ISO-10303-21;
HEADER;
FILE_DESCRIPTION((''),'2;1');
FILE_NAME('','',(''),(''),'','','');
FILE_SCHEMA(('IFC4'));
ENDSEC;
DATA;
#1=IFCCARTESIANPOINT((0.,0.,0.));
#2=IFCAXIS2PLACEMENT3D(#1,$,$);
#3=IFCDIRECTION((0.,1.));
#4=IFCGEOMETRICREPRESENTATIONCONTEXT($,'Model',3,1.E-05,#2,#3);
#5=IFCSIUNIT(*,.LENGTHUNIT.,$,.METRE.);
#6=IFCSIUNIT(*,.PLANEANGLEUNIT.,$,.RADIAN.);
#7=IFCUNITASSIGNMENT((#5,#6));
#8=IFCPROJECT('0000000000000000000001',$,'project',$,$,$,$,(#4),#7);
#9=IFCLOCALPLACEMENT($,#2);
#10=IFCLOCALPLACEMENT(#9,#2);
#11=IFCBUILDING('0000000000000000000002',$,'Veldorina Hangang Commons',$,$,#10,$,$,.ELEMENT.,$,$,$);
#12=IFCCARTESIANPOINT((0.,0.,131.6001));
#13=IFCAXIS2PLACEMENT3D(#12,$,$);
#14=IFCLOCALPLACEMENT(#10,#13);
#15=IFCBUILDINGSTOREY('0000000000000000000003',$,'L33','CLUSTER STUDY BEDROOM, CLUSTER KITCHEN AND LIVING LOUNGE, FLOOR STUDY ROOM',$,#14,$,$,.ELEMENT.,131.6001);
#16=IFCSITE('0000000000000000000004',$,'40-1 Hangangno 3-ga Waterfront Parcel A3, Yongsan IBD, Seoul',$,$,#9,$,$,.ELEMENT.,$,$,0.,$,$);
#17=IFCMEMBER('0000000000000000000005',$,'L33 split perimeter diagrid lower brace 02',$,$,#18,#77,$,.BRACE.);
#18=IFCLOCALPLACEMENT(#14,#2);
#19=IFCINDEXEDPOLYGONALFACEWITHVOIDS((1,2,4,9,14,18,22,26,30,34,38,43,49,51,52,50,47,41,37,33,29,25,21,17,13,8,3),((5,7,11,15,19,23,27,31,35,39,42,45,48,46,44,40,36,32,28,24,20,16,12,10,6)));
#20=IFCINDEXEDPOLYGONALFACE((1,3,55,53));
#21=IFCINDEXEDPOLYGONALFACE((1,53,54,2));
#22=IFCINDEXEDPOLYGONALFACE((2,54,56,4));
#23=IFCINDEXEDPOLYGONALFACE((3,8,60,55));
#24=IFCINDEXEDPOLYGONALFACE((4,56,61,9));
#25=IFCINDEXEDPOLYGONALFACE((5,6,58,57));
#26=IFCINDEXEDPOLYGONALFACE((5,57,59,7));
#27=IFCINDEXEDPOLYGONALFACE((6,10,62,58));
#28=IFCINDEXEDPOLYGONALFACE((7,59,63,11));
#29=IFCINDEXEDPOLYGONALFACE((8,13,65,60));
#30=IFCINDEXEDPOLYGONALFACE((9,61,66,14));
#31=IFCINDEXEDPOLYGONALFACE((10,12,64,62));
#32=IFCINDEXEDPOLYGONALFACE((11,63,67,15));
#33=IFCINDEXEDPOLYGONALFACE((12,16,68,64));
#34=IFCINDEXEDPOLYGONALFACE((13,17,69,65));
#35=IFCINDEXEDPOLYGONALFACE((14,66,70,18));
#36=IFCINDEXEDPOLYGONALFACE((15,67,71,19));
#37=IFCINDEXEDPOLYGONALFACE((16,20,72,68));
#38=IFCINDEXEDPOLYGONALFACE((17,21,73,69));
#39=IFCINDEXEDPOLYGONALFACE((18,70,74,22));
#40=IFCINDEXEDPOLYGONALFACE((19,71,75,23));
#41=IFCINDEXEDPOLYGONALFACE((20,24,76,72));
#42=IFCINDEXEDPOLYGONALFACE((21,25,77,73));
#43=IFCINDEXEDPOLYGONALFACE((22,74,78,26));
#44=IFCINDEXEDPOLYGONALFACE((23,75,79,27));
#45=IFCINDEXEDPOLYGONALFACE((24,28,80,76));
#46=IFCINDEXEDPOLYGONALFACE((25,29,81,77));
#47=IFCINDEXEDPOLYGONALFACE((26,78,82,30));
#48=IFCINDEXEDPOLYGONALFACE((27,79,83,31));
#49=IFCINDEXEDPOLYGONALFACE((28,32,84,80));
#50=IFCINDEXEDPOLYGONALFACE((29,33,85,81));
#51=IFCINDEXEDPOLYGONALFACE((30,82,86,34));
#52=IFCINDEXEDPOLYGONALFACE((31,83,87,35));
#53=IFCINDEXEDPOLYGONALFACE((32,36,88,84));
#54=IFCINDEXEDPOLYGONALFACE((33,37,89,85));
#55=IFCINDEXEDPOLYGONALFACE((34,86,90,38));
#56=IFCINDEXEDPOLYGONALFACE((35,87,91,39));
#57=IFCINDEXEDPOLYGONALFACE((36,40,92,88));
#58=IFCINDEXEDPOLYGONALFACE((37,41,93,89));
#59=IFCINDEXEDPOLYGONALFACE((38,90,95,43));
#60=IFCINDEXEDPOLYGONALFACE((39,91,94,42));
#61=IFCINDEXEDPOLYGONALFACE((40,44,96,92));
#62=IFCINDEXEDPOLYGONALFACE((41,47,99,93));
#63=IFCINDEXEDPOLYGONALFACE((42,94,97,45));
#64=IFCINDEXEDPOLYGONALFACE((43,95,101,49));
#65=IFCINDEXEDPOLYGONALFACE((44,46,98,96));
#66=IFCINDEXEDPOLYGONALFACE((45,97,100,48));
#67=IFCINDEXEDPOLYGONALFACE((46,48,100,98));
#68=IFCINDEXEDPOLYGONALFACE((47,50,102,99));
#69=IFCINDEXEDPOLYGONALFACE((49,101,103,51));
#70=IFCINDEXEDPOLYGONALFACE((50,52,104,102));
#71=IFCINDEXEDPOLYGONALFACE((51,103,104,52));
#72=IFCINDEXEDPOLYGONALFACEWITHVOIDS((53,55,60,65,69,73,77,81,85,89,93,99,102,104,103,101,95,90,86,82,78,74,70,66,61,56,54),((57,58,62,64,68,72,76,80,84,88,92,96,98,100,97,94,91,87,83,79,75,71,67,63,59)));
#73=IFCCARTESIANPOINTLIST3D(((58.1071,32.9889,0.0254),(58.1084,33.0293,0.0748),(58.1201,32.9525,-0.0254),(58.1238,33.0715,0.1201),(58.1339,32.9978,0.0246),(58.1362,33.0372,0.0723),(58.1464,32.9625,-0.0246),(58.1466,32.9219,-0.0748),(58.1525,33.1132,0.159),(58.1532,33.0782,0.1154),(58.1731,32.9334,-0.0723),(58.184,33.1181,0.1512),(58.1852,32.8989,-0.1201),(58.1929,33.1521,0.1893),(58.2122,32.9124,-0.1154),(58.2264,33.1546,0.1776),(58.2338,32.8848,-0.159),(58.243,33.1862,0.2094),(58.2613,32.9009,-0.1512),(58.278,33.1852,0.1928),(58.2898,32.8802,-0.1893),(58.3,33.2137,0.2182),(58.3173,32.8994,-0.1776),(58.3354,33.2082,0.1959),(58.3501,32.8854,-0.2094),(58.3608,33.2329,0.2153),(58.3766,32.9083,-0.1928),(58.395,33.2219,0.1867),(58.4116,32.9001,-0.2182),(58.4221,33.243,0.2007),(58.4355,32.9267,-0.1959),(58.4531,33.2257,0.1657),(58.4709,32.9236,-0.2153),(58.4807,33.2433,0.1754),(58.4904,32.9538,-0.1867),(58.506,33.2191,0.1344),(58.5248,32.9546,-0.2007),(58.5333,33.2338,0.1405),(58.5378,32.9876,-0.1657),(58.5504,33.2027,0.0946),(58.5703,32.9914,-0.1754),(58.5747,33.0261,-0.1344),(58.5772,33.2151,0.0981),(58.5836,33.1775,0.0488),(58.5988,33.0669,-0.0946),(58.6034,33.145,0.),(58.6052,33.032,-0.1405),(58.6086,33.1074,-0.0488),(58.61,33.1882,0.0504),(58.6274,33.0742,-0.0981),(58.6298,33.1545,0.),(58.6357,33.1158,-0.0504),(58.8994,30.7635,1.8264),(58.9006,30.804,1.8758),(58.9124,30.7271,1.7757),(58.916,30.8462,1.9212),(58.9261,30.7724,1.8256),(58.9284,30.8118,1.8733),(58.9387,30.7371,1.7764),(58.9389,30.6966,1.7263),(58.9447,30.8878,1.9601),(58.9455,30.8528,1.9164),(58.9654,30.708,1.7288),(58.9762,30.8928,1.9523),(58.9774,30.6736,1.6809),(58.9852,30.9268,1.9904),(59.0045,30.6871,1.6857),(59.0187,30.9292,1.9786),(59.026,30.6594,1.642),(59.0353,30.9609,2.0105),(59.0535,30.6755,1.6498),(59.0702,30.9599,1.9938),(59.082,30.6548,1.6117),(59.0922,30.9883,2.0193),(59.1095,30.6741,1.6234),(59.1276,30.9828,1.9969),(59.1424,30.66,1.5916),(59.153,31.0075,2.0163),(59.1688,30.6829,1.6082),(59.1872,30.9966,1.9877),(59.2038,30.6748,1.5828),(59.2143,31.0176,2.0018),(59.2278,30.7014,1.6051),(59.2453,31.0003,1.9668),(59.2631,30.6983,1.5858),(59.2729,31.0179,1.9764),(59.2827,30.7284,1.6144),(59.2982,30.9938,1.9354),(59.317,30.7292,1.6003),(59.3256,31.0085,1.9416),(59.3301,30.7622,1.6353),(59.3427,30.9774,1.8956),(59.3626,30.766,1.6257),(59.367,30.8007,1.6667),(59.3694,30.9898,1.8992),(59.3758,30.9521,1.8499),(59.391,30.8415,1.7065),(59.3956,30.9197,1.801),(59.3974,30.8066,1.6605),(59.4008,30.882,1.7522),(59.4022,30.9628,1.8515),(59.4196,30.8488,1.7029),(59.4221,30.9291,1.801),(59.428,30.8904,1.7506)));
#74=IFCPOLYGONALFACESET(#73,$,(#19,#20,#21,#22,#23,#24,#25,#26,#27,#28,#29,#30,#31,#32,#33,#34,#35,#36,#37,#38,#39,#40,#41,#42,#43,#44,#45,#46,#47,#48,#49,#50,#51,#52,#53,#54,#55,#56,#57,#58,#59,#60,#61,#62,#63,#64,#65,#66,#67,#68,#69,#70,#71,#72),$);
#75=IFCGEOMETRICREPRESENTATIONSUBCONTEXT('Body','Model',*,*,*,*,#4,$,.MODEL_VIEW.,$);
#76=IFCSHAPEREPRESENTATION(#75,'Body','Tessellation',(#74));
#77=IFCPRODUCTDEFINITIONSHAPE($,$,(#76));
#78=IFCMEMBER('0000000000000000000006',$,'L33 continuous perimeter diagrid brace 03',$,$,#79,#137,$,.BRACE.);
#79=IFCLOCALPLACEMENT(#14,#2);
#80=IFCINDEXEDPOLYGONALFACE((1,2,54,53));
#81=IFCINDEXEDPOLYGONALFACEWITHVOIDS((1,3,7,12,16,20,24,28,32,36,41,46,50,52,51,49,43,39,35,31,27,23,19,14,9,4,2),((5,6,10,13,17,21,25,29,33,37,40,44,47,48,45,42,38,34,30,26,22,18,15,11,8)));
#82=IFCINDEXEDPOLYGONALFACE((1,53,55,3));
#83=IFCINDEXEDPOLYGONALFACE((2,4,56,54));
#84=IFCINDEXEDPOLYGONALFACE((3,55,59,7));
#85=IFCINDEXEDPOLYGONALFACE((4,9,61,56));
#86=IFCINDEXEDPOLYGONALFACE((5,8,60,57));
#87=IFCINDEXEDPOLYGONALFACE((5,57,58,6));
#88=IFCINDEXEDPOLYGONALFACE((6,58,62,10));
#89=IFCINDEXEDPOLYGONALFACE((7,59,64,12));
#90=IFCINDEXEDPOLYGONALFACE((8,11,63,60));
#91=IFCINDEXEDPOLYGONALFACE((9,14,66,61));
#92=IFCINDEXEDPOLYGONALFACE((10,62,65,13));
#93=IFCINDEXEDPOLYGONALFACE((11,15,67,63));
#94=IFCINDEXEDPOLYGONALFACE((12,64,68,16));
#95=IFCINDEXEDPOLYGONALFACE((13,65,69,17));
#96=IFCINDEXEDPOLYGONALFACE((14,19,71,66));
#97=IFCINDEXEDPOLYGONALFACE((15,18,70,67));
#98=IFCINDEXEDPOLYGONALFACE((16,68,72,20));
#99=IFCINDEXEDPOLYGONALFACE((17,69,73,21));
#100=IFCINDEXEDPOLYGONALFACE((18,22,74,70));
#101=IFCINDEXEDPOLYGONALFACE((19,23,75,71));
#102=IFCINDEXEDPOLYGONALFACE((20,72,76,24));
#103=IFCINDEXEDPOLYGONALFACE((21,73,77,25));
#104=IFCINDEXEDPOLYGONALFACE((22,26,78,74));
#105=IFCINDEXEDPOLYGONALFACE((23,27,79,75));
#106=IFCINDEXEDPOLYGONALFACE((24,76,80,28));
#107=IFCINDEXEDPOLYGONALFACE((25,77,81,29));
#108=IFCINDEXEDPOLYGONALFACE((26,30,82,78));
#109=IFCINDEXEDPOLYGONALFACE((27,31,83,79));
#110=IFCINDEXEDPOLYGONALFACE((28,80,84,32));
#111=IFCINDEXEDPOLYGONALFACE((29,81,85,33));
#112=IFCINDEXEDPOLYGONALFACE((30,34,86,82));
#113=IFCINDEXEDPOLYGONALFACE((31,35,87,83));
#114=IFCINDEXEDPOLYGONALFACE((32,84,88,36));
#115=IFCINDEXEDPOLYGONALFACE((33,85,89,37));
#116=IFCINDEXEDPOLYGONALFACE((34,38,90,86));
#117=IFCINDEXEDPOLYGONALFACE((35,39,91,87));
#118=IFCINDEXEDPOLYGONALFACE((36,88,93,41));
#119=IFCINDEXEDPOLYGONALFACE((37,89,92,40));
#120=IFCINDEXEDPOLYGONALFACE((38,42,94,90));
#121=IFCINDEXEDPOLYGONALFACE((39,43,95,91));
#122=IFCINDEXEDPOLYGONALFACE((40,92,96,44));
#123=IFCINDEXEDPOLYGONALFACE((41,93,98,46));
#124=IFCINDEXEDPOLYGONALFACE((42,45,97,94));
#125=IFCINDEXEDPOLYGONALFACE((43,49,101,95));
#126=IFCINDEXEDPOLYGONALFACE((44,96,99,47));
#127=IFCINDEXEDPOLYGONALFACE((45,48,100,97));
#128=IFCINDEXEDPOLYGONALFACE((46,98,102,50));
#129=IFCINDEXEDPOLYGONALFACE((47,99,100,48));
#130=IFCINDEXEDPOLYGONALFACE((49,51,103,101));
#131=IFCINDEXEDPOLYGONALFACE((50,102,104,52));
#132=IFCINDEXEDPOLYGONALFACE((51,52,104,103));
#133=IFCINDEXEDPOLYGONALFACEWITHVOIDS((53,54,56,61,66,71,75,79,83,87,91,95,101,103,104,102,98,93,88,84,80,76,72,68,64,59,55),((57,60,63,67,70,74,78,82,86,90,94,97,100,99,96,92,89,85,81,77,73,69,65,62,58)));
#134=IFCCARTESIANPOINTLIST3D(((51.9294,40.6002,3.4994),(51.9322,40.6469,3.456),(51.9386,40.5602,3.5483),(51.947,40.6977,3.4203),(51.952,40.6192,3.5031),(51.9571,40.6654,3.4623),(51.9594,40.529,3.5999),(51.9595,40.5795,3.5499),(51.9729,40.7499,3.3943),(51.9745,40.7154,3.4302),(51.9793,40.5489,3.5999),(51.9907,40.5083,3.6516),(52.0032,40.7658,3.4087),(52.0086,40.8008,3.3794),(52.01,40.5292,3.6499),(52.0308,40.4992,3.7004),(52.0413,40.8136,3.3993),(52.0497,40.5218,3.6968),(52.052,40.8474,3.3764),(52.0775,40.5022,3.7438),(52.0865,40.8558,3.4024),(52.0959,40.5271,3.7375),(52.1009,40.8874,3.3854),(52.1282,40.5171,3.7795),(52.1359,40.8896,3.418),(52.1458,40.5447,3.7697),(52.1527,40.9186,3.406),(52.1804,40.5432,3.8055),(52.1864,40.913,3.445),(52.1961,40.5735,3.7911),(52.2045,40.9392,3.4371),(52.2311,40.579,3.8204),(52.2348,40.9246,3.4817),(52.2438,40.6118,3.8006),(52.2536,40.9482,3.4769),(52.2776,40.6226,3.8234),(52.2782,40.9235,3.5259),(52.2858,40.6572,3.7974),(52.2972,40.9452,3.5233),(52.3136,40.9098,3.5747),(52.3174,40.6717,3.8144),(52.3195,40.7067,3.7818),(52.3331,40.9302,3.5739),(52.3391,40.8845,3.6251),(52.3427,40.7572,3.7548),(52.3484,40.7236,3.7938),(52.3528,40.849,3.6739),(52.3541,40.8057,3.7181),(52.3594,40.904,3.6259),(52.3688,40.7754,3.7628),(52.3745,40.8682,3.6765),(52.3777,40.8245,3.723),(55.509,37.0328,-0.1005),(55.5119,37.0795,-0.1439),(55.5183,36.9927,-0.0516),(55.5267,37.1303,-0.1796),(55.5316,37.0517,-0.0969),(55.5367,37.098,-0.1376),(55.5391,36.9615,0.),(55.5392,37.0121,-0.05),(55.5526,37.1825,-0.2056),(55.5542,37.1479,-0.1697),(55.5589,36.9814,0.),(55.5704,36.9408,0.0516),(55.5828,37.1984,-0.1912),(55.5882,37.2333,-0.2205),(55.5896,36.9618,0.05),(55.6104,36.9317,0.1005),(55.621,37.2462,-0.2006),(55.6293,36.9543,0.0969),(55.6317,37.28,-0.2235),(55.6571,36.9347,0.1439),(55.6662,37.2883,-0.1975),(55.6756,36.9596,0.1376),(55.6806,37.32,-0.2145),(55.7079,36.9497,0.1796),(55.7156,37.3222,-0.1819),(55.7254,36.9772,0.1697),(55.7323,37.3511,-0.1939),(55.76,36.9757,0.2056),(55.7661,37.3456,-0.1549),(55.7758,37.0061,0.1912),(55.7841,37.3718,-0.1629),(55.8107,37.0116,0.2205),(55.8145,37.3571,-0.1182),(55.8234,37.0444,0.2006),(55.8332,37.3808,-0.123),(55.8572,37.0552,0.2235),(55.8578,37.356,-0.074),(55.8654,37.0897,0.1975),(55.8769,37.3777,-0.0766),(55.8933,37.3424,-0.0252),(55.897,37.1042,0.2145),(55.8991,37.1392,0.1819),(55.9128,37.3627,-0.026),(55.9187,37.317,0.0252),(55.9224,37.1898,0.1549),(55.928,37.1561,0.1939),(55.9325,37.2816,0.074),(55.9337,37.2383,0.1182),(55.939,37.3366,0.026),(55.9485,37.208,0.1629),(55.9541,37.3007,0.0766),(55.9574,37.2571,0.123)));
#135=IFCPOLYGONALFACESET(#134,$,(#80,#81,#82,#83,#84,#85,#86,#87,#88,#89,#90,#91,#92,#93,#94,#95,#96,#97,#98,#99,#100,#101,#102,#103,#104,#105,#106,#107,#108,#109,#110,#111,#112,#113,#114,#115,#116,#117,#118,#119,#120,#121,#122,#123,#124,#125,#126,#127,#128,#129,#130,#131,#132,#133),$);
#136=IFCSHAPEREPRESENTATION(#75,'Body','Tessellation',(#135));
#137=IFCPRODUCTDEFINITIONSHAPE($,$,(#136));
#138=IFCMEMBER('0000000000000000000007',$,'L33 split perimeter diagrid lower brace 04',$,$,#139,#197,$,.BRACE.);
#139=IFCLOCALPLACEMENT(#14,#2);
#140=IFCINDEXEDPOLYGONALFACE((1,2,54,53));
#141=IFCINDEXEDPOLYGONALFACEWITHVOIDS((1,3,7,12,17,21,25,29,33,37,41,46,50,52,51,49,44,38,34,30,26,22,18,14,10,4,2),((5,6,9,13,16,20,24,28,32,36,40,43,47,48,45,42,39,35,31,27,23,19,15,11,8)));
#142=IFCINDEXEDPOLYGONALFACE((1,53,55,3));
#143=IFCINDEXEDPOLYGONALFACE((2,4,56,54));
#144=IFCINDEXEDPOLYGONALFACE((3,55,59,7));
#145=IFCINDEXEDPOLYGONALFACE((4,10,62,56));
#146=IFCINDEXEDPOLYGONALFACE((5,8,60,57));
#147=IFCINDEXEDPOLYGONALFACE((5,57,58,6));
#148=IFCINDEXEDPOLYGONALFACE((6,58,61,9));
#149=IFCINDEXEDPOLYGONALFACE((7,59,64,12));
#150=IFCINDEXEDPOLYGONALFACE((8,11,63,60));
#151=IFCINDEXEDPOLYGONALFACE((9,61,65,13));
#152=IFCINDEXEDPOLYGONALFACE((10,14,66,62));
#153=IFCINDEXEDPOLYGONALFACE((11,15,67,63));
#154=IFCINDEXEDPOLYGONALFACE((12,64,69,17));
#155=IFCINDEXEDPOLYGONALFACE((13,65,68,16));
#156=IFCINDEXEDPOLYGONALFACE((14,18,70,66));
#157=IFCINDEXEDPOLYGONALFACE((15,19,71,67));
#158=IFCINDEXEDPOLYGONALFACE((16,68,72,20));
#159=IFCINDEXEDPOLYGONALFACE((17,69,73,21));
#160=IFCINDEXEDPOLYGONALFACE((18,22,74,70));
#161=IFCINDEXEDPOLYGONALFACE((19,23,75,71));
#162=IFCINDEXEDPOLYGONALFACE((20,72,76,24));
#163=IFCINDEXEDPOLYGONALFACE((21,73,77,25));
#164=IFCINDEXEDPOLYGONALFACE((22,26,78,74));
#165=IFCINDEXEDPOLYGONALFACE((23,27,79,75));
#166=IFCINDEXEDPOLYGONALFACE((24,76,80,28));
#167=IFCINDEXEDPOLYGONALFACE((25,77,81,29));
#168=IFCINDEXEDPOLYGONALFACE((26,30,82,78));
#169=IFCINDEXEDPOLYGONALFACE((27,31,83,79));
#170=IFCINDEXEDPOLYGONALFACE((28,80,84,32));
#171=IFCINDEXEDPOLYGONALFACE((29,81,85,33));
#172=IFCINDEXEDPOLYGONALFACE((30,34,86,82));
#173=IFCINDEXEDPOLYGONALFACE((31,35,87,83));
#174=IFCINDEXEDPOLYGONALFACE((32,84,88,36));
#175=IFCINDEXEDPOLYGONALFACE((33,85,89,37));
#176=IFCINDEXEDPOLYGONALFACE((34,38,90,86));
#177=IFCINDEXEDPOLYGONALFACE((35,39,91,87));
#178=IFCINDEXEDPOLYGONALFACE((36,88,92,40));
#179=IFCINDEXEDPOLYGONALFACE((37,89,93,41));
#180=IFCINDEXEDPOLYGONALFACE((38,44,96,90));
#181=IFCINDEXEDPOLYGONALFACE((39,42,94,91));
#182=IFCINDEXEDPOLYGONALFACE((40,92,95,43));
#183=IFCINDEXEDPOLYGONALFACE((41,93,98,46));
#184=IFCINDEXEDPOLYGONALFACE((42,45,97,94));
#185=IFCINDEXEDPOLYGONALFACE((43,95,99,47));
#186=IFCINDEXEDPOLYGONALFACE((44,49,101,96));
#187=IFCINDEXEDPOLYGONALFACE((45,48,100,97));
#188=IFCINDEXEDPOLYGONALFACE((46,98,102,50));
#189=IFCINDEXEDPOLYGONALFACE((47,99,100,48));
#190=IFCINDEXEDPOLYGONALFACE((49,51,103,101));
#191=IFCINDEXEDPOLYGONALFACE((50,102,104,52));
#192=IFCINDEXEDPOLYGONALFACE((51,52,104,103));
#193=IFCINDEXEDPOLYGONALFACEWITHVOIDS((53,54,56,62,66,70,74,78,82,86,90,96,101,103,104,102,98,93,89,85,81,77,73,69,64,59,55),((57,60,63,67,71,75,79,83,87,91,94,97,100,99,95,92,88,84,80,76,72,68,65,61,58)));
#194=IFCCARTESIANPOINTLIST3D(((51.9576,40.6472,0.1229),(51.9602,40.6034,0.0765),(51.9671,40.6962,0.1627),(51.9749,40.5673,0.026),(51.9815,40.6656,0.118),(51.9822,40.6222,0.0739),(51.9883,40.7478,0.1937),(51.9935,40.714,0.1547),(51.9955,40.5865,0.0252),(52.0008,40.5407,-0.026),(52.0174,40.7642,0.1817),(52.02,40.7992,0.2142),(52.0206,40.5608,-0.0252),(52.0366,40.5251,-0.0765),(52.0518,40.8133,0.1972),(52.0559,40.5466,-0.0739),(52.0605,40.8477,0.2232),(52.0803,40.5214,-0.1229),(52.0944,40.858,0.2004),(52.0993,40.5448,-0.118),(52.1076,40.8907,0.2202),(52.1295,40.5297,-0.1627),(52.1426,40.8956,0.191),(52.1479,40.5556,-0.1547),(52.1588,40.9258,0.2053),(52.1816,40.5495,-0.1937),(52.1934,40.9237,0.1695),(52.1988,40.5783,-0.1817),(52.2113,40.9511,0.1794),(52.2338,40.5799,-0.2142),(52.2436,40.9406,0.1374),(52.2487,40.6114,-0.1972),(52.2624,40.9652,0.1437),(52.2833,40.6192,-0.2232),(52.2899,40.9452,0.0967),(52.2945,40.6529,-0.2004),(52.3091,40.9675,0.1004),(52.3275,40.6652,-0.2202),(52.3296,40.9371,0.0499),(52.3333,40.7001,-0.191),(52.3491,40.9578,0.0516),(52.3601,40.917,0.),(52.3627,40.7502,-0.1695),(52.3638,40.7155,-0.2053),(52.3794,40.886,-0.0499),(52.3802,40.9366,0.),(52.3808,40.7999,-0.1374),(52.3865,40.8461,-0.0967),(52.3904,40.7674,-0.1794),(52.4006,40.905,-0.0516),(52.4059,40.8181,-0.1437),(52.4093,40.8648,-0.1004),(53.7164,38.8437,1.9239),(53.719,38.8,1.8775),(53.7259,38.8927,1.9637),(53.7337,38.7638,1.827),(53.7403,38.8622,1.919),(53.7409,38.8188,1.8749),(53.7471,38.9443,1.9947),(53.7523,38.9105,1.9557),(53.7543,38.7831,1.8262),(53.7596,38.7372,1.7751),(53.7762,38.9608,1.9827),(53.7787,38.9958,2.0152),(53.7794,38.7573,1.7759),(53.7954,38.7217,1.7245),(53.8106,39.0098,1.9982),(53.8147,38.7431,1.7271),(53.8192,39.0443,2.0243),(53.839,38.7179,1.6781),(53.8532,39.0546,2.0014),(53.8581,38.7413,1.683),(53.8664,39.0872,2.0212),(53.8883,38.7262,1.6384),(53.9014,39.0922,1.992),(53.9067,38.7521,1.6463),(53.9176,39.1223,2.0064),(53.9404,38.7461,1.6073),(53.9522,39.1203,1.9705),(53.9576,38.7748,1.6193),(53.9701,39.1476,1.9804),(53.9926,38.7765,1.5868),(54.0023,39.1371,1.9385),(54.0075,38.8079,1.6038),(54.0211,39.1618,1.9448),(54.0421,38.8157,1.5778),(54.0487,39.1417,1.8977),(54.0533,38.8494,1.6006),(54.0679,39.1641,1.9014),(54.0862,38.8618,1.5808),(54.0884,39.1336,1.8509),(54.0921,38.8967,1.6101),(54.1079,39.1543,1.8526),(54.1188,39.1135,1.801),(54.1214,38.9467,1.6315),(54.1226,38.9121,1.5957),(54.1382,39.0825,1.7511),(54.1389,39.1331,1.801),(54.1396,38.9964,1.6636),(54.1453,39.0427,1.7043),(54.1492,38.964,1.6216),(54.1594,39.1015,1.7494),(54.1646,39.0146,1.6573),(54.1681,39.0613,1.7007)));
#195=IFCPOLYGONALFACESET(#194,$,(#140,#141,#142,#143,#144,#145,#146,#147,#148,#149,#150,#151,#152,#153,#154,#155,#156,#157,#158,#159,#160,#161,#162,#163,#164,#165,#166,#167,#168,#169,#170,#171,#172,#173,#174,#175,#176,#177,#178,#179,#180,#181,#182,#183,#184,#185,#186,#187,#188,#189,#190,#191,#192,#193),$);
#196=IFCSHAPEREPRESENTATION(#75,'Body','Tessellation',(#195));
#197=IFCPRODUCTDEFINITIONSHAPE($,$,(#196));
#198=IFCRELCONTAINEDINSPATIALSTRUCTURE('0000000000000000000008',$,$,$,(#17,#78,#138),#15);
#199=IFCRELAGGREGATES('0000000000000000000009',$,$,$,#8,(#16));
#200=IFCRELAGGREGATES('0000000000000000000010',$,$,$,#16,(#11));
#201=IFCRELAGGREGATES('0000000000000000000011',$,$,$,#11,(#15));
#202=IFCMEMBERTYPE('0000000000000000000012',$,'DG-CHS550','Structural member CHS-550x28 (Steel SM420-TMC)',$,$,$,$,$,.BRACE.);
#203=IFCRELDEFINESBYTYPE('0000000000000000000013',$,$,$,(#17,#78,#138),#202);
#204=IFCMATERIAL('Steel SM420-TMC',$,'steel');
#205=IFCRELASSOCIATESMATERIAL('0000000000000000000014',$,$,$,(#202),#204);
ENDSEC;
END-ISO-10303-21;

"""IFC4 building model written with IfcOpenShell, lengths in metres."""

from ifc_helpers import new_model, si_unit, direction, frame, origin, origin_2d, place, context, subcontext, project, spatial, hollow_circle, extrude, material, material_profile, profile_set, type_object, element, save


model = new_model("IFC4")

# Units and contexts
model_context = context("Model", 3, precision=1e-05, world=origin(), true_north=direction((0.0, 1.0)))
body_context = subcontext(model_context, "Body", "Model", "MODEL_VIEW")
ifc_project = project(units=[si_unit("LENGTHUNIT", "METRE"), si_unit("PLANEANGLEUNIT", "RADIAN")], contexts=[model_context])

# Site, building, storey
site_placement = place(None, origin())
site = spatial("IfcSite", under=ifc_project, at=site_placement, Name="40-1 Hangangno 3-ga Waterfront Parcel A3, Yongsan IBD, Seoul", CompositionType="ELEMENT", RefElevation=0.0)
building_placement = place(site_placement, origin())
building = spatial("IfcBuilding", under=site, at=building_placement, Name="Veldorina Hangang Commons", CompositionType="ELEMENT")
storey_placement = place(building_placement, frame((0.0, 0.0, 131.6001)))
storey = spatial("IfcBuildingStorey", under=building, at=storey_placement, Name="L33", Description="CLUSTER STUDY BEDROOM, CLUSTER KITCHEN AND LIVING LOUNGE, FLOOR STUDY ROOM", CompositionType="ELEMENT", Elevation=131.6001)

# Shared definitions
ifc_material_1 = material(Name="Steel SM420-TMC", Category="steel")

# Members
ifc_material_profile_1 = material_profile(ifc_material_1, hollow_circle(Radius=0.2749, WallThickness=0.0281, at=origin_2d()), Name="CHS-550x28")
ifc_profile_set_1 = profile_set([ifc_material_profile_1], Name="Steel SM420-TMC")
member_type = type_object("IfcMemberType", Name="DG-CHS550", Description="Structural member CHS-550x28 (Steel SM420-TMC)", PredefinedType="BRACE", material=ifc_profile_set_1)
member_1_placement = place(storey_placement, frame((58.3708, 33.0623, 0.0), z_axis=(0.266707, -0.749164, 0.606317), x_axis=(0.94208, 0.335387, 0.0)))
element("IfcMember", 1, at=member_1_placement, inside=storey, type_object=member_type, Name="L33 split perimeter diagrid lower brace 02", PredefinedType="BRACE", context=body_context, shape_type="SweptSolid", body=[
    extrude(hollow_circle(Radius=0.2749, WallThickness=0.0281, at=origin_2d()), origin(), (0.0, 0.0, 1.0), 2.9705),
])
member_2_placement = place(storey_placement, frame((55.7332, 37.1562, 0.0), z_axis=(-0.576913, 0.574946, 0.580179), x_axis=(-0.705898, -0.708313, 0.0)))
element("IfcMember", 2, at=member_2_placement, inside=storey, type_object=member_type, Name="L33 continuous perimeter diagrid brace 03", PredefinedType="BRACE", context=body_context, shape_type="SweptSolid", body=[
    extrude(hollow_circle(Radius=0.2749, WallThickness=0.0281, at=origin_2d()), origin(), (0.0, 0.0, 1.0), 6.2048),
])
member_3_placement = place(storey_placement, frame((52.1833, 40.7446, 0.0), z_axis=(0.567957, -0.582384, 0.581596), x_axis=(0.715919, 0.698183, 0.0)))
element("IfcMember", 3, at=member_3_placement, inside=storey, type_object=member_type, Name="L33 split perimeter diagrid lower brace 04", PredefinedType="BRACE", context=body_context, shape_type="SweptSolid", body=[
    extrude(hollow_circle(Radius=0.2749, WallThickness=0.0281, at=origin_2d()), origin(), (0.0, 0.0, 1.0), 3.0967),
])

save(model, "model.ifc")
